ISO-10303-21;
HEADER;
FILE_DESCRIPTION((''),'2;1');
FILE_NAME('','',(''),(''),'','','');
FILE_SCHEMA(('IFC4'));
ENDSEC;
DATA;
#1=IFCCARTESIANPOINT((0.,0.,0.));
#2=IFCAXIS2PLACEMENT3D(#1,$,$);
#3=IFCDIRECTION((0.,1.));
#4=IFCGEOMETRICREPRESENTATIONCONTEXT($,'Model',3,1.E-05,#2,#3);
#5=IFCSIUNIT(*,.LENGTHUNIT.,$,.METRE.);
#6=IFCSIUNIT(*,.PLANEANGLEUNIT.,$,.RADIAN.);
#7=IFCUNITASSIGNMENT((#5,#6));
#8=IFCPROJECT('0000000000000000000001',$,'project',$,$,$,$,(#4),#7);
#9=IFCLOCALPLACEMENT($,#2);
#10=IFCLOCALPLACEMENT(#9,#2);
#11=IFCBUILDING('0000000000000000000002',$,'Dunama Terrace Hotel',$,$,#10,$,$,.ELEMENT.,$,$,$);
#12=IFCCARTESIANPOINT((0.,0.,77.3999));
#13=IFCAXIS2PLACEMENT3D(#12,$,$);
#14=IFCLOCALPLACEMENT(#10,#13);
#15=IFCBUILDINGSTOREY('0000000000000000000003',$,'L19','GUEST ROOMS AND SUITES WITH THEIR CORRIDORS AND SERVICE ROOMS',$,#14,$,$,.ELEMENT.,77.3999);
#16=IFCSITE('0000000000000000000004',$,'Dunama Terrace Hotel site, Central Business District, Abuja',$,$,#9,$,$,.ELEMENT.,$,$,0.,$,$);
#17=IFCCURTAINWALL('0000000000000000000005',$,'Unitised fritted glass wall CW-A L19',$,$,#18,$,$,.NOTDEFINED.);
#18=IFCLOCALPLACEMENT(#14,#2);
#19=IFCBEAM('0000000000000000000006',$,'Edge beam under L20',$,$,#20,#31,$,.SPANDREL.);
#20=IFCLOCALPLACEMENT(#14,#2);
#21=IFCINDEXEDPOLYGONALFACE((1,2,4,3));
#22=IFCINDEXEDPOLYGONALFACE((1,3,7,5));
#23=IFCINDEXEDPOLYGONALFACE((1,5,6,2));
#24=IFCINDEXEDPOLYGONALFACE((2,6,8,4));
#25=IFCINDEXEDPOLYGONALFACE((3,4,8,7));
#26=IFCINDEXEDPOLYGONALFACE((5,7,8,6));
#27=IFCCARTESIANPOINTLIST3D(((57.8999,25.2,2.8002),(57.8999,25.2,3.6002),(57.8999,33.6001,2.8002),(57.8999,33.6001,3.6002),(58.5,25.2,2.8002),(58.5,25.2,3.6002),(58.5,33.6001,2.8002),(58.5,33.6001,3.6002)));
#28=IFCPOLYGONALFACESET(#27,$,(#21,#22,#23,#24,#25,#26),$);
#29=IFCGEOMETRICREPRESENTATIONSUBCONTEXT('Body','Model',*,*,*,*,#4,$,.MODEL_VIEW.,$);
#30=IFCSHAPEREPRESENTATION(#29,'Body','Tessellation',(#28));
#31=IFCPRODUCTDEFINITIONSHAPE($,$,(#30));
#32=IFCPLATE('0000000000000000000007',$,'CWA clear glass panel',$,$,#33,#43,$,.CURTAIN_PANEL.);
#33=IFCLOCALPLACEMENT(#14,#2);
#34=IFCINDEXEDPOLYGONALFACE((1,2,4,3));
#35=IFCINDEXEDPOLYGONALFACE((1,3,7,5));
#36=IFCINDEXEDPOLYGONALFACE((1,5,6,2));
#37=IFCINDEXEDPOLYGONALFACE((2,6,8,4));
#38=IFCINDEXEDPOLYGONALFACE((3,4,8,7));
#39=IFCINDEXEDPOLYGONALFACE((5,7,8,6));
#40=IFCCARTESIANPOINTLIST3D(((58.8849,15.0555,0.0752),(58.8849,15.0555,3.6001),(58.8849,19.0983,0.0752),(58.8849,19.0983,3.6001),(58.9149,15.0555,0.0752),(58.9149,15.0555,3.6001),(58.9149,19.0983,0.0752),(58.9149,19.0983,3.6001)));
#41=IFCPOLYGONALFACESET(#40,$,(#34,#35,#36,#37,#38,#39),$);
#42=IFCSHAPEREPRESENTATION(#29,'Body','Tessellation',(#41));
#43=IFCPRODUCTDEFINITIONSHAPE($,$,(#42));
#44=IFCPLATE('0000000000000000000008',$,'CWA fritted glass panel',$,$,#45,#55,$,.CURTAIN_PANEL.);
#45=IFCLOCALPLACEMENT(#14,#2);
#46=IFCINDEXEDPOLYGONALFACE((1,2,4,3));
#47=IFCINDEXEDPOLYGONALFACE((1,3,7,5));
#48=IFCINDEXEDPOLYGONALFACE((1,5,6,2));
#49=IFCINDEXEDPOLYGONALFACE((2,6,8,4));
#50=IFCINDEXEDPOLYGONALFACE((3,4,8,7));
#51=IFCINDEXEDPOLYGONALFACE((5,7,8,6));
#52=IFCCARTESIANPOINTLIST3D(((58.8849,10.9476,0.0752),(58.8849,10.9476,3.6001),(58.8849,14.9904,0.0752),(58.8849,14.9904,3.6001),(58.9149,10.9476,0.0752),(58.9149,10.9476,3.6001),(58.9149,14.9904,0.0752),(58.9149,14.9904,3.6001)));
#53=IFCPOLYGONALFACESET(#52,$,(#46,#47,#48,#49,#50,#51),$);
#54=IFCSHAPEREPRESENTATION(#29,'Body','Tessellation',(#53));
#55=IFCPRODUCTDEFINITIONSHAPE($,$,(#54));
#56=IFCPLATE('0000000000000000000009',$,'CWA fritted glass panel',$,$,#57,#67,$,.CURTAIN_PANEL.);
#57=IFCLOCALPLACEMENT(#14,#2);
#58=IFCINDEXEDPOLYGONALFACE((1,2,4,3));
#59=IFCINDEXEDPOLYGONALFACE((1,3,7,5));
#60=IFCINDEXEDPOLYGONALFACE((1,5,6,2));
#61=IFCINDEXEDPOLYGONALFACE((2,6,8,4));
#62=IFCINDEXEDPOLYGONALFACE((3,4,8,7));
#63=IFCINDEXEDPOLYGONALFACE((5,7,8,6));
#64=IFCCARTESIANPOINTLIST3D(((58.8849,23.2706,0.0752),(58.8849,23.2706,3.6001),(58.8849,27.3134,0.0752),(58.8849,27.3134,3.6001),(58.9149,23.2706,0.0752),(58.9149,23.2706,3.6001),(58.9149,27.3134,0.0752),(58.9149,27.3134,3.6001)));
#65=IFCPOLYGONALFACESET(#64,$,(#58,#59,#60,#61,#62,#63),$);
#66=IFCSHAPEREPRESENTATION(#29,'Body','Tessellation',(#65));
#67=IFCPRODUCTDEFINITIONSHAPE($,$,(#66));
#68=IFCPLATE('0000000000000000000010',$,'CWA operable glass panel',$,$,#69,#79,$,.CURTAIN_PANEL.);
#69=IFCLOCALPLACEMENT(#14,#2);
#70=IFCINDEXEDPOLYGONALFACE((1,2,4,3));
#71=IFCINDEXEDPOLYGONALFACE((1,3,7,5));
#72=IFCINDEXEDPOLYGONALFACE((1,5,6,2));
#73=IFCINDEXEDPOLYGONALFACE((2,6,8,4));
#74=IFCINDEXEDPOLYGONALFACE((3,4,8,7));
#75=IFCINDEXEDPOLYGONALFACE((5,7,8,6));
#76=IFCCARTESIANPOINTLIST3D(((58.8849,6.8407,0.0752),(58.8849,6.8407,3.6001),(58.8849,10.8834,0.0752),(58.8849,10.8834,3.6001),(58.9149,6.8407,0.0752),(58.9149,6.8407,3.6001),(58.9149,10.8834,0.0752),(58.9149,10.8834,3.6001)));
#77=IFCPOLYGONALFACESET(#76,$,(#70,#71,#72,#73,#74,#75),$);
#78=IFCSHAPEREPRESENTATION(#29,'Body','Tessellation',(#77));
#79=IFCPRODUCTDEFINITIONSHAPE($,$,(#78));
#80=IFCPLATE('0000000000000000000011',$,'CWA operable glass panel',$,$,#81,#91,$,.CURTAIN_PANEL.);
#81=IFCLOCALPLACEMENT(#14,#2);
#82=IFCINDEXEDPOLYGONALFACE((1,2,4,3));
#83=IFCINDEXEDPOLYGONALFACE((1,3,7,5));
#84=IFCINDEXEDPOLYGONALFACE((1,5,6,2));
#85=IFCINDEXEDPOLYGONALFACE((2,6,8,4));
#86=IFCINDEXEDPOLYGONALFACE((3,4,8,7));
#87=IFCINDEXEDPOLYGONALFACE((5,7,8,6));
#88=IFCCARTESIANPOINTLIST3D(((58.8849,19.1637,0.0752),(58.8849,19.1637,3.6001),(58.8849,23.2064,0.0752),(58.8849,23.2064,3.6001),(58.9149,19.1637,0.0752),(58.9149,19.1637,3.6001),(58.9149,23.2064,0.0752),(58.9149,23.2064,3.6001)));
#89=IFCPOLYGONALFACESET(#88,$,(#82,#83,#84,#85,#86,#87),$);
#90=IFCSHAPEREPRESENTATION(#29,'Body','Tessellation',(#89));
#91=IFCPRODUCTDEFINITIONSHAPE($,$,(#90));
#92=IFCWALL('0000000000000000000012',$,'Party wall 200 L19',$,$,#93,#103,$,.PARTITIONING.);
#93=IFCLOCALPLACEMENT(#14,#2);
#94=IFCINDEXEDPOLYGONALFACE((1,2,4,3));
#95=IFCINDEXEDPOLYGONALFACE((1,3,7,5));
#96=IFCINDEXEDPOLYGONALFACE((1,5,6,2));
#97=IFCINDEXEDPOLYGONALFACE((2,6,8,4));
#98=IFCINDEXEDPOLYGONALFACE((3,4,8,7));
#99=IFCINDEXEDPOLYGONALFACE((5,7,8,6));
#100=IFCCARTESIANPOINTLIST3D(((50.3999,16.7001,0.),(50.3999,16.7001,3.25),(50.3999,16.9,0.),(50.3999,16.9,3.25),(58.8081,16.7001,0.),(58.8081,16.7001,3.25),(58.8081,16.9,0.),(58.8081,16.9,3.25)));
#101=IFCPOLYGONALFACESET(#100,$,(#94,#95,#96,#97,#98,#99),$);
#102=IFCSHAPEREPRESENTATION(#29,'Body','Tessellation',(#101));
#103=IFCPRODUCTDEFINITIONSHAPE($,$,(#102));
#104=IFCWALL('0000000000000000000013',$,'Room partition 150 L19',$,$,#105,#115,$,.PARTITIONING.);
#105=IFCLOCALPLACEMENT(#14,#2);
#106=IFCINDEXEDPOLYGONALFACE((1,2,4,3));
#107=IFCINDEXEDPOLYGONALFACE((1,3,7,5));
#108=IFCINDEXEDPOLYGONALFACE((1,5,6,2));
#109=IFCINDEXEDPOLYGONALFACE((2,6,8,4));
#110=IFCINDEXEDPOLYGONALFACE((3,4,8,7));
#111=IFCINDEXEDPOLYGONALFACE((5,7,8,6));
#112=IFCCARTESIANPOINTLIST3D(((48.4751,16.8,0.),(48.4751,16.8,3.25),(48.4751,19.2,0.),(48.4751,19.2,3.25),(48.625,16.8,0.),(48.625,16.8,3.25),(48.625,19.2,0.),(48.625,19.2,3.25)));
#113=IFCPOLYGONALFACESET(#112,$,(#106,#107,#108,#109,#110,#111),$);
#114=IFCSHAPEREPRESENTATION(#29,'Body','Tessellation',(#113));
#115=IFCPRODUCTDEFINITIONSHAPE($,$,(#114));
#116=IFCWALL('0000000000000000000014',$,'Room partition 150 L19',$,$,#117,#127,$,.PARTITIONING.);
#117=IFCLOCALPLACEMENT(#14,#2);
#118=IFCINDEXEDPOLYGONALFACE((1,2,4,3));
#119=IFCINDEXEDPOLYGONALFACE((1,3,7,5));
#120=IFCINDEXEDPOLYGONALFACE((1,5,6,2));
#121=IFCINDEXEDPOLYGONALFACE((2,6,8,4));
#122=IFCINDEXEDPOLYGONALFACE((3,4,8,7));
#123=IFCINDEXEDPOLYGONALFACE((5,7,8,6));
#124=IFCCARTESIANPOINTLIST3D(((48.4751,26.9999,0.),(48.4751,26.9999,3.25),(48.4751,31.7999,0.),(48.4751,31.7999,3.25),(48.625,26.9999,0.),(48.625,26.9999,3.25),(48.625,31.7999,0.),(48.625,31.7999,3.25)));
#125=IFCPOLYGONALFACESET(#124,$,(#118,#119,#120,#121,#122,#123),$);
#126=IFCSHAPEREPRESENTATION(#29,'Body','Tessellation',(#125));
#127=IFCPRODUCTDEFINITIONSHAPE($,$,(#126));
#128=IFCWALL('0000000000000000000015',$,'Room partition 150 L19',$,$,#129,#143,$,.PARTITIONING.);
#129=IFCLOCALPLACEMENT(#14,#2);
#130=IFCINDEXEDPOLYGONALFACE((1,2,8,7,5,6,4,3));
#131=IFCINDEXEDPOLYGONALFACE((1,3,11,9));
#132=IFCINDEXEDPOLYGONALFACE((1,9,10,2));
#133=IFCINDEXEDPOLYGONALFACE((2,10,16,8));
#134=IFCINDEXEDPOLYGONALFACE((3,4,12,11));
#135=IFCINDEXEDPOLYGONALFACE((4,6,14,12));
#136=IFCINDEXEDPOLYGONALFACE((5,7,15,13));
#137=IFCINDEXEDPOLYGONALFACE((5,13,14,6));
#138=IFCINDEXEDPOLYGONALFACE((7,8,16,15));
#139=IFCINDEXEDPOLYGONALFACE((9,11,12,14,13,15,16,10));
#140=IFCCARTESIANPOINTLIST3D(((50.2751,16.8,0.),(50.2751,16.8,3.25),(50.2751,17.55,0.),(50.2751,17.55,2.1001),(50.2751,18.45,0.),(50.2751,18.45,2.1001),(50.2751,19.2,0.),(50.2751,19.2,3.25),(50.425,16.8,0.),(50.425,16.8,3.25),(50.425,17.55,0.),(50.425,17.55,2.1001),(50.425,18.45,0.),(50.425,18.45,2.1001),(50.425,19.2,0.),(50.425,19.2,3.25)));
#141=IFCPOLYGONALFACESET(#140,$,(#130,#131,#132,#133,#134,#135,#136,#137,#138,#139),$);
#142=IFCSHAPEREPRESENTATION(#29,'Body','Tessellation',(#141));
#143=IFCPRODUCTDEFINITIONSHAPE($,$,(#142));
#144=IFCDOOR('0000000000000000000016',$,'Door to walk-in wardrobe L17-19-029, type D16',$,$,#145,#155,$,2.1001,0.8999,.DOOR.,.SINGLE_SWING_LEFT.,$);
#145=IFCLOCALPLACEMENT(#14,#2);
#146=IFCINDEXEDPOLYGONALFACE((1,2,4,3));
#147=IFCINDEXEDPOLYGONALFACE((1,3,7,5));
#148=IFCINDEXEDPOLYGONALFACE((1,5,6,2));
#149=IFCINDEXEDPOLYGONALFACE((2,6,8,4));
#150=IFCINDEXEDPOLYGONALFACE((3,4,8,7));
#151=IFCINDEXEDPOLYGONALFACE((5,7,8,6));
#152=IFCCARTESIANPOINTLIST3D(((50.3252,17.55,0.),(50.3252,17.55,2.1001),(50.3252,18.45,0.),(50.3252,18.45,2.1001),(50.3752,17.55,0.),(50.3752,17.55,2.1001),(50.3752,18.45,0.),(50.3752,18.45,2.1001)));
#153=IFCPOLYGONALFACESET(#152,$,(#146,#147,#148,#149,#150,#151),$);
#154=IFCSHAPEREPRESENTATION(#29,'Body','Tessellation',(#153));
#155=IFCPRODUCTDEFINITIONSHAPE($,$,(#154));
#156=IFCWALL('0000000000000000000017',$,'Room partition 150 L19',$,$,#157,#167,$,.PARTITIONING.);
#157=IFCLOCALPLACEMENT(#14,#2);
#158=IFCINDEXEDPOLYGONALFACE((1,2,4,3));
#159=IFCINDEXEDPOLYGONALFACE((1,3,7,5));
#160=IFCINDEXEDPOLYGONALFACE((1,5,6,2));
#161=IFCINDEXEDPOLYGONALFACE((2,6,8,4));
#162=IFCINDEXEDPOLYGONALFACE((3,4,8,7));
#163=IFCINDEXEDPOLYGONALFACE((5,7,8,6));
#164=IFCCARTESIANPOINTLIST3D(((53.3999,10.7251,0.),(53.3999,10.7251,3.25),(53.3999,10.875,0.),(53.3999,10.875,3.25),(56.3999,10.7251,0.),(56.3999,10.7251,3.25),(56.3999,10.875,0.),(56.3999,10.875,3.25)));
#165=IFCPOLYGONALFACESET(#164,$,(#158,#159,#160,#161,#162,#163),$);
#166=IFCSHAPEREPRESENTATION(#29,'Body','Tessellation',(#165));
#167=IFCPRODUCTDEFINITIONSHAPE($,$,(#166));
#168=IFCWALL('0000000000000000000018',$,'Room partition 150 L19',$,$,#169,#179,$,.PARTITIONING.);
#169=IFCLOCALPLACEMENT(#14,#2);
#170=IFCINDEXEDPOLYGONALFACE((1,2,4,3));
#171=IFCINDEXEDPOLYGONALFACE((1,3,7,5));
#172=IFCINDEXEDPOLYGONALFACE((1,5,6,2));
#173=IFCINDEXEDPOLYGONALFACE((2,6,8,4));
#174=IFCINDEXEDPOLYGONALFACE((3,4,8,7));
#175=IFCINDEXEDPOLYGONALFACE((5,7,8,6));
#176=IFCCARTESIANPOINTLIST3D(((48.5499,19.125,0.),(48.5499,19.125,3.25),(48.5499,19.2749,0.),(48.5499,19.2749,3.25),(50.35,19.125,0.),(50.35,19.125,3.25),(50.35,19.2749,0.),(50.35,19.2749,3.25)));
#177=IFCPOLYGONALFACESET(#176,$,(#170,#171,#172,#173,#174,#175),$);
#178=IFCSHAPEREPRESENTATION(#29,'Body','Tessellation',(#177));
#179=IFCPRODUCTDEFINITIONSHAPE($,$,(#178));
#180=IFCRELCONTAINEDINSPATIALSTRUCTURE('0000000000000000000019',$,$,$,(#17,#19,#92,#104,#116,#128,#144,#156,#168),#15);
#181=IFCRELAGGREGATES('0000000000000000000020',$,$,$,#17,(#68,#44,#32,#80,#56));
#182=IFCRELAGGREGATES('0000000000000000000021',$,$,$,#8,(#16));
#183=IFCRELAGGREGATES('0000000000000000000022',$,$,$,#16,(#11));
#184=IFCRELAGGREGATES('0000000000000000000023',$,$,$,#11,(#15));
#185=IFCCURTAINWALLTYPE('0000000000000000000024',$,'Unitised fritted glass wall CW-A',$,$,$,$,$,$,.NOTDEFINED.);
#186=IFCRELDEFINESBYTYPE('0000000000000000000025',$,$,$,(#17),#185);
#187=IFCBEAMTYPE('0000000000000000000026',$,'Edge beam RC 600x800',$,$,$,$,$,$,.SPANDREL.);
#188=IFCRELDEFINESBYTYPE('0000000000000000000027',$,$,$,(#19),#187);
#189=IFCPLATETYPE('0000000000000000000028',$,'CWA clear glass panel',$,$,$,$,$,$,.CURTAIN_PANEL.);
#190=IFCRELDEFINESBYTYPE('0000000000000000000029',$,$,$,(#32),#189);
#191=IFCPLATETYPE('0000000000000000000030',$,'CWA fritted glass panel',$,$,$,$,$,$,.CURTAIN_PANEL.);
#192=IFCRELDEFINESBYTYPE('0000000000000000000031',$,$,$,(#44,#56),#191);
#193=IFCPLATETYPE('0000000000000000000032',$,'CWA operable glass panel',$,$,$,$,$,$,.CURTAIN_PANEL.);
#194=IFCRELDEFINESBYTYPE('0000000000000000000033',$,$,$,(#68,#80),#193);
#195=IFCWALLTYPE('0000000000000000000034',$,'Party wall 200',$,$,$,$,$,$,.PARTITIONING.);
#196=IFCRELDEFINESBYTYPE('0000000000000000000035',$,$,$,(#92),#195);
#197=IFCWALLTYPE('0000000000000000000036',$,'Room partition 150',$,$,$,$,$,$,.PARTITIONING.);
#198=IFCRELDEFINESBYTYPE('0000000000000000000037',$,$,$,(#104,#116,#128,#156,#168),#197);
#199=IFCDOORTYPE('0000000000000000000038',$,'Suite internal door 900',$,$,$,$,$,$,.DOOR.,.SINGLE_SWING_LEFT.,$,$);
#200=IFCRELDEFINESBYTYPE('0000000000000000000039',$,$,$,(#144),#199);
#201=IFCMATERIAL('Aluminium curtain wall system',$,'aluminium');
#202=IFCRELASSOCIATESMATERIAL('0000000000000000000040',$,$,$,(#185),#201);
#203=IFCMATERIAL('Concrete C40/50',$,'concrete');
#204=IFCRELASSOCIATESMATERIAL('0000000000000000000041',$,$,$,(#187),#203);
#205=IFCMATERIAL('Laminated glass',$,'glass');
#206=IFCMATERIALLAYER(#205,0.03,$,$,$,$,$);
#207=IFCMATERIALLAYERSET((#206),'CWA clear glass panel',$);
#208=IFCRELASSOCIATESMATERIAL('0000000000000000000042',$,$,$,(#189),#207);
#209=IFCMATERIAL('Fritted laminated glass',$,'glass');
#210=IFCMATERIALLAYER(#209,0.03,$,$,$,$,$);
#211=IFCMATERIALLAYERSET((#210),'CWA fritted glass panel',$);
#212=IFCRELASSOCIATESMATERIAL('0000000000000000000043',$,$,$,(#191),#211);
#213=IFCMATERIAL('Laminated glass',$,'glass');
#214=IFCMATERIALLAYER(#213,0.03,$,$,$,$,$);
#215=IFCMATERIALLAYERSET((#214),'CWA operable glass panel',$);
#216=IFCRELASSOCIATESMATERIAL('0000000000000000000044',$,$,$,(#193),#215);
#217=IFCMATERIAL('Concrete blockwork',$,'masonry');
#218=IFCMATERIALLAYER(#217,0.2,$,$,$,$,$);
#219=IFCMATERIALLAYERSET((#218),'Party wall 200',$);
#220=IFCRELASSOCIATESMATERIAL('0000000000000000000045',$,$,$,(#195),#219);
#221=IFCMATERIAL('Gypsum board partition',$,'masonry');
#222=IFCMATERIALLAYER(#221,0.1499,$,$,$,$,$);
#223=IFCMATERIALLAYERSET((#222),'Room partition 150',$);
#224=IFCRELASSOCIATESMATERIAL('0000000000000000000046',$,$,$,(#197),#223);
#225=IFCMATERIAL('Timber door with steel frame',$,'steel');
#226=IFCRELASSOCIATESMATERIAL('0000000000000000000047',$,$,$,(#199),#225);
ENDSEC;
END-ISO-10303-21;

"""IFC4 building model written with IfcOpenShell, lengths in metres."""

from ifc_helpers import new_model, si_unit, direction, frame, frame_2d, origin, origin_2d, place, context, subcontext, project, spatial, rectangle, extrude, material, layer, layer_set, material_profile, profile_set, type_object, element, fill, aggregate, save


model = new_model("IFC4")

# Units and contexts
model_context = context("Model", 3, precision=1e-05, world=origin(), true_north=direction((0.0, 1.0)))
body_context = subcontext(model_context, "Body", "Model", "MODEL_VIEW")
ifc_project = project(units=[si_unit("LENGTHUNIT", "METRE"), si_unit("PLANEANGLEUNIT", "RADIAN")], contexts=[model_context])

# Site, building, storey
site_placement = place(None, origin())
site = spatial("IfcSite", under=ifc_project, at=site_placement, Name="Dunama Terrace Hotel site, Central Business District, Abuja", CompositionType="ELEMENT", RefElevation=0.0)
building_placement = place(site_placement, origin())
building = spatial("IfcBuilding", under=site, at=building_placement, Name="Dunama Terrace Hotel", CompositionType="ELEMENT")
storey_placement = place(building_placement, frame((0.0, 0.0, 77.3999)))
storey = spatial("IfcBuildingStorey", under=building, at=storey_placement, Name="L19", Description="GUEST ROOMS AND SUITES WITH THEIR CORRIDORS AND SERVICE ROOMS", CompositionType="ELEMENT", Elevation=77.3999)

# Curtain wall
ifc_material_1 = material(Name="Aluminium curtain wall system", Category="aluminium")
curtain_wall_type = type_object("IfcCurtainWallType", Name="Unitised fritted glass wall CW-A", PredefinedType="NOTDEFINED", material=ifc_material_1)
curtain_wall_placement = place(storey_placement, origin())
curtain_wall = element("IfcCurtainWall", 1, at=curtain_wall_placement, inside=storey, type_object=curtain_wall_type, Name="Unitised fritted glass wall CW-A L19", PredefinedType="NOTDEFINED")

# Beam
ifc_material_2 = material(Name="Concrete C40/50", Category="concrete")
ifc_material_profile_1 = material_profile(ifc_material_2, rectangle(XDim=0.6001, YDim=0.8, at=origin_2d()), Name="RC 600x800")
ifc_profile_set_1 = profile_set([ifc_material_profile_1], Name="Concrete C40/50")
beam_type = type_object("IfcBeamType", Name="Edge beam RC 600x800", PredefinedType="SPANDREL", material=ifc_profile_set_1)
beam_1_placement = place(storey_placement, frame((58.2, 25.2, 3.2002), z_axis=(0.0, 1.0, 0.0), x_axis=(-1.0, 0.0, 0.0)))
element("IfcBeam", 2, at=beam_1_placement, inside=storey, type_object=beam_type, Name="Edge beam under L20", PredefinedType="SPANDREL", context=body_context, shape_type="SweptSolid", body=[
    extrude(rectangle(XDim=0.6001, YDim=0.8, at=origin_2d()), origin(), (0.0, 0.0, 1.0), 8.4001),
])

# Plates
ifc_material_3 = material(Name="Laminated glass", Category="glass")
ifc_layer_1 = layer(ifc_material_3, 0.03)
ifc_layer_set_1 = layer_set([ifc_layer_1], Name="CWA clear glass panel")
plate_type_1 = type_object("IfcPlateType", Name="CWA clear glass panel", PredefinedType="CURTAIN_PANEL", material=ifc_layer_set_1)
plate_1_placement = place(storey_placement, frame((58.8999, 17.0769, 0.0752), z_axis=(0.0, 0.0, 1.0), x_axis=(0.0, 1.0, 0.0)))
plate_1 = element("IfcPlate", 3, at=plate_1_placement, type_object=plate_type_1, Name="CWA clear glass panel", PredefinedType="CURTAIN_PANEL", context=body_context, shape_type="SweptSolid", body=[
    extrude(rectangle(XDim=4.0427, YDim=0.03, at=origin_2d()), origin(), (0.0, 0.0, 1.0), 3.5249),
])
ifc_material_4 = material(Name="Fritted laminated glass", Category="glass")
ifc_layer_2 = layer(ifc_material_4, 0.03)
ifc_layer_set_2 = layer_set([ifc_layer_2], Name="CWA fritted glass panel")
plate_type_2 = type_object("IfcPlateType", Name="CWA fritted glass panel", PredefinedType="CURTAIN_PANEL", material=ifc_layer_set_2)
plate_2_placement = place(storey_placement, frame((58.8999, 12.969, 0.0752), z_axis=(0.0, 0.0, 1.0), x_axis=(0.0, 1.0, 0.0)))
plate_2 = element("IfcPlate", 4, at=plate_2_placement, type_object=plate_type_2, Name="CWA fritted glass panel", PredefinedType="CURTAIN_PANEL", context=body_context, shape_type="SweptSolid", body=[
    extrude(rectangle(XDim=4.0427, YDim=0.03, at=origin_2d()), origin(), (0.0, 0.0, 1.0), 3.5249),
])
plate_3_placement = place(storey_placement, frame((58.8999, 25.292, 0.0752), z_axis=(0.0, 0.0, 1.0), x_axis=(0.0, 1.0, 0.0)))
plate_3 = element("IfcPlate", 5, at=plate_3_placement, type_object=plate_type_2, Name="CWA fritted glass panel", PredefinedType="CURTAIN_PANEL", context=body_context, shape_type="SweptSolid", body=[
    extrude(rectangle(XDim=4.0427, YDim=0.03, at=origin_2d()), origin(), (0.0, 0.0, 1.0), 3.5249),
])
ifc_material_5 = material(Name="Laminated glass", Category="glass")
ifc_layer_3 = layer(ifc_material_5, 0.03)
ifc_layer_set_3 = layer_set([ifc_layer_3], Name="CWA operable glass panel")
plate_type_3 = type_object("IfcPlateType", Name="CWA operable glass panel", PredefinedType="CURTAIN_PANEL", material=ifc_layer_set_3)
plate_4_placement = place(storey_placement, frame((58.8999, 8.8621, 0.0752), z_axis=(0.0, 0.0, 1.0), x_axis=(0.0, 1.0, 0.0)))
plate_4 = element("IfcPlate", 6, at=plate_4_placement, type_object=plate_type_3, Name="CWA operable glass panel", PredefinedType="CURTAIN_PANEL", context=body_context, shape_type="SweptSolid", body=[
    extrude(rectangle(XDim=4.0427, YDim=0.03, at=origin_2d()), origin(), (0.0, 0.0, 1.0), 3.5249),
])
plate_5_placement = place(storey_placement, frame((58.8999, 21.1851, 0.0752), z_axis=(0.0, 0.0, 1.0), x_axis=(0.0, 1.0, 0.0)))
plate_5 = element("IfcPlate", 7, at=plate_5_placement, type_object=plate_type_3, Name="CWA operable glass panel", PredefinedType="CURTAIN_PANEL", context=body_context, shape_type="SweptSolid", body=[
    extrude(rectangle(XDim=4.0427, YDim=0.03, at=origin_2d()), origin(), (0.0, 0.0, 1.0), 3.5249),
])
aggregate(curtain_wall, [plate_4, plate_2, plate_1, plate_5, plate_3])

# Walls
ifc_material_6 = material(Name="Concrete blockwork", Category="masonry")
ifc_layer_4 = layer(ifc_material_6, 0.2)
ifc_layer_set_4 = layer_set([ifc_layer_4], Name="Party wall 200")
wall_type_1 = type_object("IfcWallType", Name="Party wall 200", PredefinedType="PARTITIONING", material=ifc_layer_set_4)
wall_1_placement = place(storey_placement, frame((50.3999, 16.8, 0.0), z_axis=(0.0, 0.0, 1.0), x_axis=(1.0, 0.0, 0.0)))
element("IfcWall", 8, at=wall_1_placement, inside=storey, type_object=wall_type_1, Name="Party wall 200 L19", PredefinedType="PARTITIONING", context=body_context, shape_type="SweptSolid", body=[
    extrude(rectangle(XDim=8.4082, YDim=0.2, at=frame_2d((4.2041, 0.0))), origin(), (0.0, 0.0, 1.0), 3.25),
])
ifc_material_7 = material(Name="Gypsum board partition", Category="masonry")
ifc_layer_5 = layer(ifc_material_7, 0.1499)
ifc_layer_set_5 = layer_set([ifc_layer_5], Name="Room partition 150")
wall_type_2 = type_object("IfcWallType", Name="Room partition 150", PredefinedType="PARTITIONING", material=ifc_layer_set_5)
wall_2_placement = place(storey_placement, frame((48.55, 16.8, 0.0), z_axis=(0.0, 0.0, 1.0), x_axis=(0.0, 1.0, 0.0)))
element("IfcWall", 9, at=wall_2_placement, inside=storey, type_object=wall_type_2, Name="Room partition 150 L19", PredefinedType="PARTITIONING", context=body_context, shape_type="SweptSolid", body=[
    extrude(rectangle(XDim=2.3999, YDim=0.1499, at=frame_2d((1.2, 0.0))), origin(), (0.0, 0.0, 1.0), 3.25),
])
wall_3_placement = place(storey_placement, frame((48.55, 27.0, 0.0), z_axis=(0.0, 0.0, 1.0), x_axis=(0.0, 1.0, 0.0)))
element("IfcWall", 10, at=wall_3_placement, inside=storey, type_object=wall_type_2, Name="Room partition 150 L19", PredefinedType="PARTITIONING", context=body_context, shape_type="SweptSolid", body=[
    extrude(rectangle(XDim=4.8, YDim=0.1499, at=frame_2d((2.3999, 0.0))), origin(), (0.0, 0.0, 1.0), 3.25),
])

# Wall, opening, door
wall_4_placement = place(storey_placement, frame((50.3501, 16.8, 0.0), z_axis=(0.0, 0.0, 1.0), x_axis=(0.0, 1.0, 0.0)))
wall_4 = element("IfcWall", 11, at=wall_4_placement, inside=storey, type_object=wall_type_2, Name="Room partition 150 L19", PredefinedType="PARTITIONING", context=body_context, shape_type="SweptSolid", body=[
    extrude(rectangle(XDim=2.3999, YDim=0.1499, at=frame_2d((1.2, 0.0))), origin(), (0.0, 0.0, 1.0), 3.25),
])
opening_placement = place(wall_4_placement, frame((0.75, 0.0, 0.0)))
opening = element("IfcOpeningElement", 12, at=opening_placement, cuts=wall_4, PredefinedType="OPENING", context=body_context, shape_type="SweptSolid", body=[
    extrude(rectangle(XDim=0.8999, YDim=2.1001, at=frame_2d((0.45, 1.05))), frame((0.0, 0.085, 0.0), z_axis=(0.0, -1.0, 0.0), x_axis=(1.0, 0.0, 0.0)), (0.0, 0.0, 1.0), 0.1699),
])
ifc_material_8 = material(Name="Timber door with steel frame", Category="steel")
door_type = type_object("IfcDoorType", Name="Suite internal door 900", OperationType="SINGLE_SWING_LEFT", PredefinedType="DOOR", material=ifc_material_8)
door_placement = place(opening_placement, origin())
door = element("IfcDoor", 13, at=door_placement, inside=storey, type_object=door_type, Name="Door to walk-in wardrobe L17-19-029, type D16", OperationType="SINGLE_SWING_LEFT", OverallHeight=2.1001, OverallWidth=0.8999, PredefinedType="DOOR", context=body_context, shape_type="SweptSolid", body=[
    extrude(rectangle(XDim=0.8999, YDim=2.1001, at=frame_2d((0.45, 1.05))), frame((0.0, 0.0249, 0.0), z_axis=(0.0, -1.0, 0.0), x_axis=(1.0, 0.0, 0.0)), (0.0, 0.0, 1.0), 0.05),
])
fill(opening, door)

# Walls
wall_5_placement = place(storey_placement, frame((53.3999, 10.8, 0.0), z_axis=(0.0, 0.0, 1.0), x_axis=(1.0, 0.0, 0.0)))
element("IfcWall", 14, at=wall_5_placement, inside=storey, type_object=wall_type_2, Name="Room partition 150 L19", PredefinedType="PARTITIONING", context=body_context, shape_type="SweptSolid", body=[
    extrude(rectangle(XDim=3.0, YDim=0.1499, at=frame_2d((1.5, 0.0))), origin(), (0.0, 0.0, 1.0), 3.25),
])
wall_6_placement = place(storey_placement, frame((48.55, 19.2, 0.0), z_axis=(0.0, 0.0, 1.0), x_axis=(1.0, 0.0, 0.0)))
element("IfcWall", 15, at=wall_6_placement, inside=storey, type_object=wall_type_2, Name="Room partition 150 L19", PredefinedType="PARTITIONING", context=body_context, shape_type="SweptSolid", body=[
    extrude(rectangle(XDim=1.8, YDim=0.1499, at=frame_2d((0.8999, 0.0))), origin(), (0.0, 0.0, 1.0), 3.25),
])

save(model, "model.ifc")
